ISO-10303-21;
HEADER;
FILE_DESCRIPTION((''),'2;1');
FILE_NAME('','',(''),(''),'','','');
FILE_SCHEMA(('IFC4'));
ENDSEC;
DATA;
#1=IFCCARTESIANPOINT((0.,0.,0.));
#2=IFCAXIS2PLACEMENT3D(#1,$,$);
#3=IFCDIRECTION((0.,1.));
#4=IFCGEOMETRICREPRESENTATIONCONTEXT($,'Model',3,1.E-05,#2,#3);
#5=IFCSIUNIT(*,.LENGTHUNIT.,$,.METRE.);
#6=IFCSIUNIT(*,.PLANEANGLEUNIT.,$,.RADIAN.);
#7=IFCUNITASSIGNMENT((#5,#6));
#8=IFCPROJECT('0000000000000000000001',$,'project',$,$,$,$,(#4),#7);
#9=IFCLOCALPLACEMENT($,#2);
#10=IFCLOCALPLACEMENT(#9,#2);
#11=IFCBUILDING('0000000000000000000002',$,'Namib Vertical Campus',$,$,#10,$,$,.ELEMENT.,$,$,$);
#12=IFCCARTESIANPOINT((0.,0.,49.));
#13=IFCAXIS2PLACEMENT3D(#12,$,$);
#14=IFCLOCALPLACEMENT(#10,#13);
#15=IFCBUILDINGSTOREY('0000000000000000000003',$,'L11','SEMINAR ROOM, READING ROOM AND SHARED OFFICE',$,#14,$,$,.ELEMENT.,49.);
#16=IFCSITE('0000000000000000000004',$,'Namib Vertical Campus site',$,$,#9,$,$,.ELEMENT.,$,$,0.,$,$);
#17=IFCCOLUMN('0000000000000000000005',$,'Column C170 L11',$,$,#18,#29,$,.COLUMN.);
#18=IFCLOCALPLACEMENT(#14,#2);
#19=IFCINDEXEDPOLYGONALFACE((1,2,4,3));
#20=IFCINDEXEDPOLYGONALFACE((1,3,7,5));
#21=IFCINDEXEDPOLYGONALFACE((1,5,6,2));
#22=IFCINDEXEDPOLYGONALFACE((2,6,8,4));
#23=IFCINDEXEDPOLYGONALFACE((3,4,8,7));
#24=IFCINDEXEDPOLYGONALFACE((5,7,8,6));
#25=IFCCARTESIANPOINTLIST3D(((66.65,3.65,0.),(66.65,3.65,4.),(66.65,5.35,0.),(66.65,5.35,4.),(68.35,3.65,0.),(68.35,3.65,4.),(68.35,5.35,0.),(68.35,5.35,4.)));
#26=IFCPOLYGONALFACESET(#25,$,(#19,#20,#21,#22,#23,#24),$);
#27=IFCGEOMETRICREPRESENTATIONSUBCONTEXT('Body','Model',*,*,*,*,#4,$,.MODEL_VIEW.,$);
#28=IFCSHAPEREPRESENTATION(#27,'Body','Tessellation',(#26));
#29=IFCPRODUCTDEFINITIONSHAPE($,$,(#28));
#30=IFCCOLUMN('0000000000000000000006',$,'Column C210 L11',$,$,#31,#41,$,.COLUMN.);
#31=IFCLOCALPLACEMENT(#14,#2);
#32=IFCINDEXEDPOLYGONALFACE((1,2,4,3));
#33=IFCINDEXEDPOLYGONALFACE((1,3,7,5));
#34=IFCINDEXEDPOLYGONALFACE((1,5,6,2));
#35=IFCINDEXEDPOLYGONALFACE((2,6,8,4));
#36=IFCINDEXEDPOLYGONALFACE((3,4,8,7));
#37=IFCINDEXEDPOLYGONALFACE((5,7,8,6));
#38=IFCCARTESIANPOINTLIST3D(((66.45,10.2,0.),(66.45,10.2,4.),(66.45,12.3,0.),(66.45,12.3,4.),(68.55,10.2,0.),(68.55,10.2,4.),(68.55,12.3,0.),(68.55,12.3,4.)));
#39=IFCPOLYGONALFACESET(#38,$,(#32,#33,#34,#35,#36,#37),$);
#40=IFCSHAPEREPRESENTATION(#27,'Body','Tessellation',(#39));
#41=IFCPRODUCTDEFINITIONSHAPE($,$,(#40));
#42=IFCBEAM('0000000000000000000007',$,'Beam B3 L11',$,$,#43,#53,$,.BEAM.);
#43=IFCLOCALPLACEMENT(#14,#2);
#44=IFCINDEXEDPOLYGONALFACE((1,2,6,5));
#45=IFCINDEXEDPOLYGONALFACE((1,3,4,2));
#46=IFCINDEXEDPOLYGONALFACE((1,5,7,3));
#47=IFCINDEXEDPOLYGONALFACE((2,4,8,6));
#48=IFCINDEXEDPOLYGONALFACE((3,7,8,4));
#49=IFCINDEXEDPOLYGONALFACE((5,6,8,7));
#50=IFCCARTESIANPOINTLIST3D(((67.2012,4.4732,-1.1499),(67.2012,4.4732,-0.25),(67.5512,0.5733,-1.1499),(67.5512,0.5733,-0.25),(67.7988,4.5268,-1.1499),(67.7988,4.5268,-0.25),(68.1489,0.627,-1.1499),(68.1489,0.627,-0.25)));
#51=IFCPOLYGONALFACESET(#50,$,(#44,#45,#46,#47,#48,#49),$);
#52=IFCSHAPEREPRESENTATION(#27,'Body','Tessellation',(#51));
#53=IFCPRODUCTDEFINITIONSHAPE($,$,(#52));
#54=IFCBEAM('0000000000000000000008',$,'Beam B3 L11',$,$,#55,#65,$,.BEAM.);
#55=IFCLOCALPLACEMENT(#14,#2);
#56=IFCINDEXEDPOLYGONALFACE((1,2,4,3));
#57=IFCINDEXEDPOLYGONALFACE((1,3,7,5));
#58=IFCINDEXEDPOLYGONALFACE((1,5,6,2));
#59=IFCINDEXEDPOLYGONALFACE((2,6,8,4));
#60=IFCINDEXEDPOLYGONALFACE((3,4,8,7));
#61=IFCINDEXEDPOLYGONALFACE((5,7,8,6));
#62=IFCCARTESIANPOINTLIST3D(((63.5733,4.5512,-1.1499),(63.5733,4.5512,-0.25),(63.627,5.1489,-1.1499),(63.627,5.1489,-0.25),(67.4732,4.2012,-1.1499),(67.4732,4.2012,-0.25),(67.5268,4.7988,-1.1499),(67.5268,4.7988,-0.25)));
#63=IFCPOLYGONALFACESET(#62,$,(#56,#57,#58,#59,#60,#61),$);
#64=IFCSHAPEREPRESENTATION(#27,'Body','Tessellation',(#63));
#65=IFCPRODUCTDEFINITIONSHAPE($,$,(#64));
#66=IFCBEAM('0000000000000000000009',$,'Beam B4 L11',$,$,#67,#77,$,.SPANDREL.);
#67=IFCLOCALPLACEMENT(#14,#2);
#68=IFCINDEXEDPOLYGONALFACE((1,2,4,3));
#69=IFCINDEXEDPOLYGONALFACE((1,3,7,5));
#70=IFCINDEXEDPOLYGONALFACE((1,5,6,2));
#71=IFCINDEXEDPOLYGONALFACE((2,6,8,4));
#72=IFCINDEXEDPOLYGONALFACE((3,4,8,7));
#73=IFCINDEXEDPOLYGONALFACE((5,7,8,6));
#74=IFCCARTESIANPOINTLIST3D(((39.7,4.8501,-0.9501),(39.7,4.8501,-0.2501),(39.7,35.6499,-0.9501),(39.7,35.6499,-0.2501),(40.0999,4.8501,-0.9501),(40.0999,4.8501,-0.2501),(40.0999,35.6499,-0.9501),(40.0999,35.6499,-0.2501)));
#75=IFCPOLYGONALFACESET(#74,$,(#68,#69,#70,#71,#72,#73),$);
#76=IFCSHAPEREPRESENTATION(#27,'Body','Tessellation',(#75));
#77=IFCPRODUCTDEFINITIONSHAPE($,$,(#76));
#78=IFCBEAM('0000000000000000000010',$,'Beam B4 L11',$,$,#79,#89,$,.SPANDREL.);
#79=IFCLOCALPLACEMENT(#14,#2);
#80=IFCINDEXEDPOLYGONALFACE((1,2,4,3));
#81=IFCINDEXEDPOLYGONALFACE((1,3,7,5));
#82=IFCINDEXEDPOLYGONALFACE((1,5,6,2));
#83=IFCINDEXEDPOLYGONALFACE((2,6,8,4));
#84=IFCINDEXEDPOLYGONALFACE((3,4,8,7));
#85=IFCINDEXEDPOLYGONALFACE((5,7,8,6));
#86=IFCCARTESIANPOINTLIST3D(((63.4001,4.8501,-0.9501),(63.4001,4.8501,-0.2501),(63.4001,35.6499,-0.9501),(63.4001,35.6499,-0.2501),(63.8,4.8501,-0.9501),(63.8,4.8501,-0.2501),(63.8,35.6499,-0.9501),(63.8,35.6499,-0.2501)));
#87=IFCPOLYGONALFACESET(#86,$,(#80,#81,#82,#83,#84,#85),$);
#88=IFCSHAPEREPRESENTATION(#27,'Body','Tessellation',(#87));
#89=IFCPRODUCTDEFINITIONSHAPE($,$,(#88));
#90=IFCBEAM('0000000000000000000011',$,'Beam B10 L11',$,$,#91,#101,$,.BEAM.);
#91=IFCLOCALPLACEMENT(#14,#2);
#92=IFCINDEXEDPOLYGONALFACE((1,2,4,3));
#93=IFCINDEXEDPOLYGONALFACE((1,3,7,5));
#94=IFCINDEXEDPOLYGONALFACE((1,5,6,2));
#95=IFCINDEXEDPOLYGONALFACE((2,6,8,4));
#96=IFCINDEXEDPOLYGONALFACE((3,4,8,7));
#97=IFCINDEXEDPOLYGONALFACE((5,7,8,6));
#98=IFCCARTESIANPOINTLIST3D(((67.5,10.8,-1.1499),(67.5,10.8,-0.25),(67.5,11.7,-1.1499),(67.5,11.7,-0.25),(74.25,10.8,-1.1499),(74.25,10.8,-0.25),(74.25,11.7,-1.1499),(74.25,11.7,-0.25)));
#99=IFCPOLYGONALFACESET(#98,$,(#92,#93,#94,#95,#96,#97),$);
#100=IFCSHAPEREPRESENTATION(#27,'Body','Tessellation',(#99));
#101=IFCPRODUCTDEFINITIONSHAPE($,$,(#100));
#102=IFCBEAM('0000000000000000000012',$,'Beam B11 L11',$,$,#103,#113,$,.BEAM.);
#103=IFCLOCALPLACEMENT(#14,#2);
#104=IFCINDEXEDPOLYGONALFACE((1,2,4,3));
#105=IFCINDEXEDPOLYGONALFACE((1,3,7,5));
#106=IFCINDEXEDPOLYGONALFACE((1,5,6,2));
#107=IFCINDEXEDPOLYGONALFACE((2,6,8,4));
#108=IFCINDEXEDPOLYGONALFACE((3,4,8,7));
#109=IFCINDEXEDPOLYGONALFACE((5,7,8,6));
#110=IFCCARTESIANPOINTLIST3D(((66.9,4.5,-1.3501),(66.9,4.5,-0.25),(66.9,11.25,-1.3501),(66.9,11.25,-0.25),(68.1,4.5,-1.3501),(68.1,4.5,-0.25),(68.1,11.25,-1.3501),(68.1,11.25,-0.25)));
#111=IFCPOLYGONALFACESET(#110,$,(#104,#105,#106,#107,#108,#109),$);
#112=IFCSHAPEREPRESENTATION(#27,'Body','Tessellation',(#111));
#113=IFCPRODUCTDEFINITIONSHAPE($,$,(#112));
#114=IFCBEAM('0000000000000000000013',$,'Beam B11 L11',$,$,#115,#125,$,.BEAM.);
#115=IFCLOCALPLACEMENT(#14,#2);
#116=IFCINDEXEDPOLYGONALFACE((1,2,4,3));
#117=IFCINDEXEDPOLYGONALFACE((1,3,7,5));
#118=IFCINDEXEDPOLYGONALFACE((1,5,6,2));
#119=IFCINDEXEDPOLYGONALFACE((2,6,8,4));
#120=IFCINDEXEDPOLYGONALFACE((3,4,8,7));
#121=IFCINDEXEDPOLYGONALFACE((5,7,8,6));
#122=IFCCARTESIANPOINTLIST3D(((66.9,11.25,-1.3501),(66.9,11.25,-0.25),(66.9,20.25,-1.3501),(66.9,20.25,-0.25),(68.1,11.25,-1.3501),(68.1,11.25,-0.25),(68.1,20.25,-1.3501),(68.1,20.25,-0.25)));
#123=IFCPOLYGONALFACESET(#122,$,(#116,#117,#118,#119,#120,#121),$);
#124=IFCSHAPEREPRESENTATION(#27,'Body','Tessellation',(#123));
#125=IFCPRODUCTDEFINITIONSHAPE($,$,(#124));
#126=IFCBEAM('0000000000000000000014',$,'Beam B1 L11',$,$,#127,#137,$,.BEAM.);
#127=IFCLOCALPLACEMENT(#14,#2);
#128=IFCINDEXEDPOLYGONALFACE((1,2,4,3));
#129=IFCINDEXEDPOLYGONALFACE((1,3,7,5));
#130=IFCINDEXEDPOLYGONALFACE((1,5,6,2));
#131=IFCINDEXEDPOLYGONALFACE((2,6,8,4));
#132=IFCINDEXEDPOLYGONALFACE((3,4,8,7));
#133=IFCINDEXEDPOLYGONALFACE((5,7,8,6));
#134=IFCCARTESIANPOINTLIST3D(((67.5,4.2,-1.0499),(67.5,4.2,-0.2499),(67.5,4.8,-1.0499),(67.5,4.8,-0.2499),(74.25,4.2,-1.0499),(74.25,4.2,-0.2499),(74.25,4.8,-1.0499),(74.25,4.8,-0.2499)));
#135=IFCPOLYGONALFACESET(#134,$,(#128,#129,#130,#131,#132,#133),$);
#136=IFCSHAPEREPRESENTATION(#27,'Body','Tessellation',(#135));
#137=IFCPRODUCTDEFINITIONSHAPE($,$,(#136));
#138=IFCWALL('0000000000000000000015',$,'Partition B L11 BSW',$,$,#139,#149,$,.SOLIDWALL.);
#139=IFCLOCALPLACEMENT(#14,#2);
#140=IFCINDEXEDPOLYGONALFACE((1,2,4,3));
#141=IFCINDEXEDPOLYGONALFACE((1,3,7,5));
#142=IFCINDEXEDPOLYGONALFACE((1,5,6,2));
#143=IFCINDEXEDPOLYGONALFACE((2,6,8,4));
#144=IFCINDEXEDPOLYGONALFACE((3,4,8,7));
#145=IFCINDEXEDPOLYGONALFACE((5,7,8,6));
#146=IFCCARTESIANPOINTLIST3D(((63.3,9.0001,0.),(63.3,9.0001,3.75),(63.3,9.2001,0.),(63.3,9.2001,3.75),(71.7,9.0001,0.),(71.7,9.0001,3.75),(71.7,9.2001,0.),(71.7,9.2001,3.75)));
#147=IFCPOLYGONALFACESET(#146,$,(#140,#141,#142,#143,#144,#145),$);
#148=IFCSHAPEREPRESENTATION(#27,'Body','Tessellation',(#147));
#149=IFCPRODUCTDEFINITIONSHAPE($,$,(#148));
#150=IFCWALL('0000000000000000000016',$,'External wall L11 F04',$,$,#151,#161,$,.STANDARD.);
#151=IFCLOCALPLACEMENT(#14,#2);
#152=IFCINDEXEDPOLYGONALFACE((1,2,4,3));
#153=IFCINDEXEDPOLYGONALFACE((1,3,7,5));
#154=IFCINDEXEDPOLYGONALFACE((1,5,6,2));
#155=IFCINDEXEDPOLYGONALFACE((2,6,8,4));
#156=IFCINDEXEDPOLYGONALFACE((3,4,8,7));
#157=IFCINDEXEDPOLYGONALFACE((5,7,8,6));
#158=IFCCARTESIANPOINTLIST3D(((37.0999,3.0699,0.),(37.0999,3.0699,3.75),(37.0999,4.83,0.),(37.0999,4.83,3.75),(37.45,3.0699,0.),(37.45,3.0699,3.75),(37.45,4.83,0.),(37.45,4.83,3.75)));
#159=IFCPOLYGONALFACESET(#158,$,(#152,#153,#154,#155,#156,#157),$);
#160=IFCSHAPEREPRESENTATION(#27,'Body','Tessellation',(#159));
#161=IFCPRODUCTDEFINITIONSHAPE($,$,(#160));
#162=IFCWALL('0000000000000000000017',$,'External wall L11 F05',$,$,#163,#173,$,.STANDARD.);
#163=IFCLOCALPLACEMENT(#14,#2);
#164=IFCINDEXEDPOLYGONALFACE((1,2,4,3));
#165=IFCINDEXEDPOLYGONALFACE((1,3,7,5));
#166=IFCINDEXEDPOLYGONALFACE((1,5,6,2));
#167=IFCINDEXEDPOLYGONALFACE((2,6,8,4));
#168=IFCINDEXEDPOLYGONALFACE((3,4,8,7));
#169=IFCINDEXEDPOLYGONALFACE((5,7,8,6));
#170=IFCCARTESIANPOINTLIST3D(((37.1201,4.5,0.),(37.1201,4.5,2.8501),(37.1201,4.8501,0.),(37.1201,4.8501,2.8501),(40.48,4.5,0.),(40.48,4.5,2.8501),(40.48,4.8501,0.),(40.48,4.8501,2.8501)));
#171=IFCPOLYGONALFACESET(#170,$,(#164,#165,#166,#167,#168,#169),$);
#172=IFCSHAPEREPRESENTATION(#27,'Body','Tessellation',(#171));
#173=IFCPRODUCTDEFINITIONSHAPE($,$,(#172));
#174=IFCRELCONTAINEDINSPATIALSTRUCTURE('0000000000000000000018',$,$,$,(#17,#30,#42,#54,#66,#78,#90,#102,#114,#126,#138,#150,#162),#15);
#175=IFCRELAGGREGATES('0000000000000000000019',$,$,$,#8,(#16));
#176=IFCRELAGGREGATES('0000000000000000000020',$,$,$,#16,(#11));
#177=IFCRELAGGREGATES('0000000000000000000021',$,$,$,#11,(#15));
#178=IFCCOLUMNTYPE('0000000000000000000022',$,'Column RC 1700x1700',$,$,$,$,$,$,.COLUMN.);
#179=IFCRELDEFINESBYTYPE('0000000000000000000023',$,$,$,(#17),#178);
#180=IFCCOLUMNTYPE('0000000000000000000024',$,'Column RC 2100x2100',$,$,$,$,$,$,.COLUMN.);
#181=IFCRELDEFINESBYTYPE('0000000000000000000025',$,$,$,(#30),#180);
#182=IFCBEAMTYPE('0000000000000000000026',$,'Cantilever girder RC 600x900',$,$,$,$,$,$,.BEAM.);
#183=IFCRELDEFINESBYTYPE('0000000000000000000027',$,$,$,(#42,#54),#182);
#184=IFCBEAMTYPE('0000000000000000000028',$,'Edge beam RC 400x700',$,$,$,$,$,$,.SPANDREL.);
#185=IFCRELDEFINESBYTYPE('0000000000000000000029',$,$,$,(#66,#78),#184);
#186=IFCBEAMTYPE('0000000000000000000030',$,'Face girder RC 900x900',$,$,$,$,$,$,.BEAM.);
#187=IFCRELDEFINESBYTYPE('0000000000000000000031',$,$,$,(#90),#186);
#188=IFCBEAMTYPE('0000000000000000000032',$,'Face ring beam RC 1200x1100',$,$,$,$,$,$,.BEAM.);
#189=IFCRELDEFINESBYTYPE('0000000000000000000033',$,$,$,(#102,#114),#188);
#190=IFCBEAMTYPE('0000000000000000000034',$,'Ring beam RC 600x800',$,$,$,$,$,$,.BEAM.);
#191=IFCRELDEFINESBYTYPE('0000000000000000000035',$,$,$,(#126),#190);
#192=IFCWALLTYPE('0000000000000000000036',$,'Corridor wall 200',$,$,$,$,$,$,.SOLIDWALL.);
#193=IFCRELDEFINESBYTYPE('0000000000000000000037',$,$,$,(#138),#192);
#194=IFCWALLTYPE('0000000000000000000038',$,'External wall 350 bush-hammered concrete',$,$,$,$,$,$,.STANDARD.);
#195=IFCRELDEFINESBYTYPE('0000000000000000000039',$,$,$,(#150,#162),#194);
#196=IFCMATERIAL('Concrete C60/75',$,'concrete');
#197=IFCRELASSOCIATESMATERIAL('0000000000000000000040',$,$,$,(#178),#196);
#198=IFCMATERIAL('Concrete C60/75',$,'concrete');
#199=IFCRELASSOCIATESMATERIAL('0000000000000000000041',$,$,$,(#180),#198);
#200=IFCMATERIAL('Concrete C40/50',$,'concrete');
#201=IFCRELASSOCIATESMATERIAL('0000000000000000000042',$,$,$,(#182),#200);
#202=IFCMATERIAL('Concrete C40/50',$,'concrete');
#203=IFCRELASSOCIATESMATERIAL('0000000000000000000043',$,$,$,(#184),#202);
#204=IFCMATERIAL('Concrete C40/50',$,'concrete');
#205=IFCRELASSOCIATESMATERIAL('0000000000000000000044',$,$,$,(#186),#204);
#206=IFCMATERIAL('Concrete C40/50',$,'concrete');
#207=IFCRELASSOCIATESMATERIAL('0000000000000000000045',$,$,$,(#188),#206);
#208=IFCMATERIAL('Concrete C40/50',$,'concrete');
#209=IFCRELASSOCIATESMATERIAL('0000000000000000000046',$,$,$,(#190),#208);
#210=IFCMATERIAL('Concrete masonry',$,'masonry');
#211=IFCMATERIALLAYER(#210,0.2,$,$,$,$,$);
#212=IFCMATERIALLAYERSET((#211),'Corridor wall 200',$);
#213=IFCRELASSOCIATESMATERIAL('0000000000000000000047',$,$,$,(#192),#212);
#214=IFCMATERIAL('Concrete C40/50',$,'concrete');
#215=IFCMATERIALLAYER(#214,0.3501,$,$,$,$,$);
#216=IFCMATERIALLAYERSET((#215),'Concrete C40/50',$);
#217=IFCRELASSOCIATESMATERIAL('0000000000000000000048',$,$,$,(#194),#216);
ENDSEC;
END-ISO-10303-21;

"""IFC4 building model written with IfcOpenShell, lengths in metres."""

from ifc_helpers import new_model, si_unit, direction, frame, frame_2d, origin, origin_2d, place, context, subcontext, project, spatial, rectangle, extrude, material, layer, layer_set, material_profile, profile_set, type_object, element, save


model = new_model("IFC4")

# Units and contexts
model_context = context("Model", 3, precision=1e-05, world=origin(), true_north=direction((0.0, 1.0)))
body_context = subcontext(model_context, "Body", "Model", "MODEL_VIEW")
ifc_project = project(units=[si_unit("LENGTHUNIT", "METRE"), si_unit("PLANEANGLEUNIT", "RADIAN")], contexts=[model_context])

# Site, building, storey
site_placement = place(None, origin())
site = spatial("IfcSite", under=ifc_project, at=site_placement, Name="Namib Vertical Campus site", CompositionType="ELEMENT", RefElevation=0.0)
building_placement = place(site_placement, origin())
building = spatial("IfcBuilding", under=site, at=building_placement, Name="Namib Vertical Campus", CompositionType="ELEMENT")
storey_placement = place(building_placement, frame((0.0, 0.0, 49.0)))
storey = spatial("IfcBuildingStorey", under=building, at=storey_placement, Name="L11", Description="SEMINAR ROOM, READING ROOM AND SHARED OFFICE", CompositionType="ELEMENT", Elevation=49.0)

# Columns
ifc_material_1 = material(Name="Concrete C60/75", Category="concrete")
ifc_material_profile_1 = material_profile(ifc_material_1, rectangle(XDim=1.7, YDim=1.7, at=origin_2d()))
ifc_profile_set_1 = profile_set([ifc_material_profile_1], Name="Concrete C60/75")
column_type_1 = type_object("IfcColumnType", Name="Column RC 1700x1700", PredefinedType="COLUMN", material=ifc_profile_set_1)
column_1_placement = place(storey_placement, frame((67.5, 4.5, 0.0), z_axis=(0.0, 0.0, 1.0), x_axis=(1.0, 0.0, 0.0)))
element("IfcColumn", 1, at=column_1_placement, inside=storey, type_object=column_type_1, Name="Column C170 L11", PredefinedType="COLUMN", context=body_context, shape_type="SweptSolid", body=[
    extrude(rectangle(XDim=1.7, YDim=1.7, at=origin_2d()), origin(), (0.0, 0.0, 1.0), 4.0),
])
ifc_material_2 = material(Name="Concrete C60/75", Category="concrete")
ifc_material_profile_2 = material_profile(ifc_material_2, rectangle(XDim=2.1001, YDim=2.1001, at=origin_2d()))
ifc_profile_set_2 = profile_set([ifc_material_profile_2], Name="Concrete C60/75")
column_type_2 = type_object("IfcColumnType", Name="Column RC 2100x2100", PredefinedType="COLUMN", material=ifc_profile_set_2)
column_2_placement = place(storey_placement, frame((67.5, 11.25, 0.0), z_axis=(0.0, 0.0, 1.0), x_axis=(1.0, 0.0, 0.0)))
element("IfcColumn", 2, at=column_2_placement, inside=storey, type_object=column_type_2, Name="Column C210 L11", PredefinedType="COLUMN", context=body_context, shape_type="SweptSolid", body=[
    extrude(rectangle(XDim=2.1001, YDim=2.1001, at=origin_2d()), origin(), (0.0, 0.0, 1.0), 4.0),
])

# Beams
ifc_material_3 = material(Name="Concrete C40/50", Category="concrete")
ifc_material_profile_3 = material_profile(ifc_material_3, rectangle(XDim=0.6001, YDim=0.8999, at=origin_2d()))
ifc_profile_set_3 = profile_set([ifc_material_profile_3], Name="Concrete C40/50")
beam_type_1 = type_object("IfcBeamType", Name="Cantilever girder RC 600x900", PredefinedType="BEAM", material=ifc_profile_set_3)
for number, where, z_axis, x_axis, name in (
    (3, (67.5, 4.5, -0.7), (0.089411, -0.995995, 0.0), (0.995995, 0.089411, 0.0), "Beam B3 L11"),
    (4, (67.5, 4.5, -0.7), (-0.995995, 0.089411, 0.0), (-0.089411, -0.995995, 0.0), "Beam B3 L11"),
):
    element("IfcBeam", number, at=place(storey_placement, frame(where, z_axis=z_axis, x_axis=x_axis)), inside=storey, type_object=beam_type_1, Name=name, PredefinedType="BEAM", context=body_context, shape_type="SweptSolid", body=[
        extrude(rectangle(XDim=0.6001, YDim=0.8999, at=origin_2d()), origin(), (0.0, 0.0, 1.0), 3.9155),
    ])
ifc_material_4 = material(Name="Concrete C40/50", Category="concrete")
ifc_material_profile_4 = material_profile(ifc_material_4, rectangle(XDim=0.3999, YDim=0.7, at=origin_2d()))
ifc_profile_set_4 = profile_set([ifc_material_profile_4], Name="Concrete C40/50")
beam_type_2 = type_object("IfcBeamType", Name="Edge beam RC 400x700", PredefinedType="SPANDREL", material=ifc_profile_set_4)
for number, where, z_axis, x_axis, name in (
    (5, (39.8999, 4.8501, -0.6001), (0.0, 1.0, 0.0), (-1.0, 0.0, 0.0), "Beam B4 L11"),
    (6, (63.6001, 4.8501, -0.6001), (0.0, 1.0, 0.0), (-1.0, 0.0, 0.0), "Beam B4 L11"),
):
    element("IfcBeam", number, at=place(storey_placement, frame(where, z_axis=z_axis, x_axis=x_axis)), inside=storey, type_object=beam_type_2, Name=name, PredefinedType="SPANDREL", context=body_context, shape_type="SweptSolid", body=[
        extrude(rectangle(XDim=0.3999, YDim=0.7, at=origin_2d()), origin(), (0.0, 0.0, 1.0), 30.7998),
    ])
ifc_material_5 = material(Name="Concrete C40/50", Category="concrete")
ifc_material_profile_5 = material_profile(ifc_material_5, rectangle(XDim=0.8999, YDim=0.8999, at=origin_2d()))
ifc_profile_set_5 = profile_set([ifc_material_profile_5], Name="Concrete C40/50")
beam_type_3 = type_object("IfcBeamType", Name="Face girder RC 900x900", PredefinedType="BEAM", material=ifc_profile_set_5)
beam_1_placement = place(storey_placement, frame((67.5, 11.25, -0.7), z_axis=(1.0, 0.0, 0.0), x_axis=(0.0, 1.0, 0.0)))
element("IfcBeam", 7, at=beam_1_placement, inside=storey, type_object=beam_type_3, Name="Beam B10 L11", PredefinedType="BEAM", context=body_context, shape_type="SweptSolid", body=[
    extrude(rectangle(XDim=0.8999, YDim=0.8999, at=origin_2d()), origin(), (0.0, 0.0, 1.0), 6.75),
])
ifc_material_6 = material(Name="Concrete C40/50", Category="concrete")
ifc_material_profile_6 = material_profile(ifc_material_6, rectangle(XDim=1.2, YDim=1.1001, at=origin_2d()))
ifc_profile_set_6 = profile_set([ifc_material_profile_6], Name="Concrete C40/50")
beam_type_4 = type_object("IfcBeamType", Name="Face ring beam RC 1200x1100", PredefinedType="BEAM", material=ifc_profile_set_6)
beam_2_placement = place(storey_placement, frame((67.5, 4.5, -0.8), z_axis=(0.0, 1.0, 0.0), x_axis=(-1.0, 0.0, 0.0)))
element("IfcBeam", 8, at=beam_2_placement, inside=storey, type_object=beam_type_4, Name="Beam B11 L11", PredefinedType="BEAM", context=body_context, shape_type="SweptSolid", body=[
    extrude(rectangle(XDim=1.2, YDim=1.1001, at=origin_2d()), origin(), (0.0, 0.0, 1.0), 6.75),
])
beam_3_placement = place(storey_placement, frame((67.5, 11.25, -0.8), z_axis=(0.0, 1.0, 0.0), x_axis=(-1.0, 0.0, 0.0)))
element("IfcBeam", 9, at=beam_3_placement, inside=storey, type_object=beam_type_4, Name="Beam B11 L11", PredefinedType="BEAM", context=body_context, shape_type="SweptSolid", body=[
    extrude(rectangle(XDim=1.2, YDim=1.1001, at=origin_2d()), origin(), (0.0, 0.0, 1.0), 9.0),
])
ifc_material_7 = material(Name="Concrete C40/50", Category="concrete")
ifc_material_profile_7 = material_profile(ifc_material_7, rectangle(XDim=0.6001, YDim=0.8, at=origin_2d()))
ifc_profile_set_7 = profile_set([ifc_material_profile_7], Name="Concrete C40/50")
beam_type_5 = type_object("IfcBeamType", Name="Ring beam RC 600x800", PredefinedType="BEAM", material=ifc_profile_set_7)
beam_4_placement = place(storey_placement, frame((67.5, 4.5, -0.6499), z_axis=(1.0, 0.0, 0.0), x_axis=(0.0, 1.0, 0.0)))
element("IfcBeam", 10, at=beam_4_placement, inside=storey, type_object=beam_type_5, Name="Beam B1 L11", PredefinedType="BEAM", context=body_context, shape_type="SweptSolid", body=[
    extrude(rectangle(XDim=0.6001, YDim=0.8, at=origin_2d()), origin(), (0.0, 0.0, 1.0), 6.75),
])

# Walls
ifc_material_8 = material(Name="Concrete masonry", Category="masonry")
ifc_layer_1 = layer(ifc_material_8, 0.2)
ifc_layer_set_1 = layer_set([ifc_layer_1], Name="Corridor wall 200")
wall_type_1 = type_object("IfcWallType", Name="Corridor wall 200", PredefinedType="SOLIDWALL", material=ifc_layer_set_1)
wall_1_placement = place(storey_placement, frame((63.3, 9.1001, 0.0), z_axis=(0.0, 0.0, 1.0), x_axis=(1.0, 0.0, 0.0)))
element("IfcWall", 11, at=wall_1_placement, inside=storey, type_object=wall_type_1, Name="Partition B L11 BSW", PredefinedType="SOLIDWALL", context=body_context, shape_type="SweptSolid", body=[
    extrude(rectangle(XDim=8.3999, YDim=0.2, at=frame_2d((4.2, 0.0))), origin(), (0.0, 0.0, 1.0), 3.75),
])
ifc_material_9 = material(Name="Concrete C40/50", Category="concrete")
ifc_layer_2 = layer(ifc_material_9, 0.3501)
ifc_layer_set_2 = layer_set([ifc_layer_2], Name="Concrete C40/50")
wall_type_2 = type_object("IfcWallType", Name="External wall 350 bush-hammered concrete", PredefinedType="STANDARD", material=ifc_layer_set_2)
wall_2_placement = place(storey_placement, frame((37.2749, 3.0701, 0.0), z_axis=(0.0, 0.0, 1.0), x_axis=(0.0, 1.0, 0.0)))
element("IfcWall", 12, at=wall_2_placement, inside=storey, type_object=wall_type_2, Name="External wall L11 F04", PredefinedType="STANDARD", context=body_context, shape_type="SweptSolid", body=[
    extrude(rectangle(XDim=1.76, YDim=0.3501, at=frame_2d((0.8799, 0.0))), origin(), (0.0, 0.0, 1.0), 3.75),
])
wall_3_placement = place(storey_placement, frame((37.1201, 4.675, 0.0), z_axis=(0.0, 0.0, 1.0), x_axis=(1.0, 0.0, 0.0)))
element("IfcWall", 13, at=wall_3_placement, inside=storey, type_object=wall_type_2, Name="External wall L11 F05", PredefinedType="STANDARD", context=body_context, shape_type="SweptSolid", body=[
    extrude(rectangle(XDim=3.3599, YDim=0.3501, at=frame_2d((1.6799, 0.0))), origin(), (0.0, 0.0, 1.0), 2.8501),
])

save(model, "model.ifc")
